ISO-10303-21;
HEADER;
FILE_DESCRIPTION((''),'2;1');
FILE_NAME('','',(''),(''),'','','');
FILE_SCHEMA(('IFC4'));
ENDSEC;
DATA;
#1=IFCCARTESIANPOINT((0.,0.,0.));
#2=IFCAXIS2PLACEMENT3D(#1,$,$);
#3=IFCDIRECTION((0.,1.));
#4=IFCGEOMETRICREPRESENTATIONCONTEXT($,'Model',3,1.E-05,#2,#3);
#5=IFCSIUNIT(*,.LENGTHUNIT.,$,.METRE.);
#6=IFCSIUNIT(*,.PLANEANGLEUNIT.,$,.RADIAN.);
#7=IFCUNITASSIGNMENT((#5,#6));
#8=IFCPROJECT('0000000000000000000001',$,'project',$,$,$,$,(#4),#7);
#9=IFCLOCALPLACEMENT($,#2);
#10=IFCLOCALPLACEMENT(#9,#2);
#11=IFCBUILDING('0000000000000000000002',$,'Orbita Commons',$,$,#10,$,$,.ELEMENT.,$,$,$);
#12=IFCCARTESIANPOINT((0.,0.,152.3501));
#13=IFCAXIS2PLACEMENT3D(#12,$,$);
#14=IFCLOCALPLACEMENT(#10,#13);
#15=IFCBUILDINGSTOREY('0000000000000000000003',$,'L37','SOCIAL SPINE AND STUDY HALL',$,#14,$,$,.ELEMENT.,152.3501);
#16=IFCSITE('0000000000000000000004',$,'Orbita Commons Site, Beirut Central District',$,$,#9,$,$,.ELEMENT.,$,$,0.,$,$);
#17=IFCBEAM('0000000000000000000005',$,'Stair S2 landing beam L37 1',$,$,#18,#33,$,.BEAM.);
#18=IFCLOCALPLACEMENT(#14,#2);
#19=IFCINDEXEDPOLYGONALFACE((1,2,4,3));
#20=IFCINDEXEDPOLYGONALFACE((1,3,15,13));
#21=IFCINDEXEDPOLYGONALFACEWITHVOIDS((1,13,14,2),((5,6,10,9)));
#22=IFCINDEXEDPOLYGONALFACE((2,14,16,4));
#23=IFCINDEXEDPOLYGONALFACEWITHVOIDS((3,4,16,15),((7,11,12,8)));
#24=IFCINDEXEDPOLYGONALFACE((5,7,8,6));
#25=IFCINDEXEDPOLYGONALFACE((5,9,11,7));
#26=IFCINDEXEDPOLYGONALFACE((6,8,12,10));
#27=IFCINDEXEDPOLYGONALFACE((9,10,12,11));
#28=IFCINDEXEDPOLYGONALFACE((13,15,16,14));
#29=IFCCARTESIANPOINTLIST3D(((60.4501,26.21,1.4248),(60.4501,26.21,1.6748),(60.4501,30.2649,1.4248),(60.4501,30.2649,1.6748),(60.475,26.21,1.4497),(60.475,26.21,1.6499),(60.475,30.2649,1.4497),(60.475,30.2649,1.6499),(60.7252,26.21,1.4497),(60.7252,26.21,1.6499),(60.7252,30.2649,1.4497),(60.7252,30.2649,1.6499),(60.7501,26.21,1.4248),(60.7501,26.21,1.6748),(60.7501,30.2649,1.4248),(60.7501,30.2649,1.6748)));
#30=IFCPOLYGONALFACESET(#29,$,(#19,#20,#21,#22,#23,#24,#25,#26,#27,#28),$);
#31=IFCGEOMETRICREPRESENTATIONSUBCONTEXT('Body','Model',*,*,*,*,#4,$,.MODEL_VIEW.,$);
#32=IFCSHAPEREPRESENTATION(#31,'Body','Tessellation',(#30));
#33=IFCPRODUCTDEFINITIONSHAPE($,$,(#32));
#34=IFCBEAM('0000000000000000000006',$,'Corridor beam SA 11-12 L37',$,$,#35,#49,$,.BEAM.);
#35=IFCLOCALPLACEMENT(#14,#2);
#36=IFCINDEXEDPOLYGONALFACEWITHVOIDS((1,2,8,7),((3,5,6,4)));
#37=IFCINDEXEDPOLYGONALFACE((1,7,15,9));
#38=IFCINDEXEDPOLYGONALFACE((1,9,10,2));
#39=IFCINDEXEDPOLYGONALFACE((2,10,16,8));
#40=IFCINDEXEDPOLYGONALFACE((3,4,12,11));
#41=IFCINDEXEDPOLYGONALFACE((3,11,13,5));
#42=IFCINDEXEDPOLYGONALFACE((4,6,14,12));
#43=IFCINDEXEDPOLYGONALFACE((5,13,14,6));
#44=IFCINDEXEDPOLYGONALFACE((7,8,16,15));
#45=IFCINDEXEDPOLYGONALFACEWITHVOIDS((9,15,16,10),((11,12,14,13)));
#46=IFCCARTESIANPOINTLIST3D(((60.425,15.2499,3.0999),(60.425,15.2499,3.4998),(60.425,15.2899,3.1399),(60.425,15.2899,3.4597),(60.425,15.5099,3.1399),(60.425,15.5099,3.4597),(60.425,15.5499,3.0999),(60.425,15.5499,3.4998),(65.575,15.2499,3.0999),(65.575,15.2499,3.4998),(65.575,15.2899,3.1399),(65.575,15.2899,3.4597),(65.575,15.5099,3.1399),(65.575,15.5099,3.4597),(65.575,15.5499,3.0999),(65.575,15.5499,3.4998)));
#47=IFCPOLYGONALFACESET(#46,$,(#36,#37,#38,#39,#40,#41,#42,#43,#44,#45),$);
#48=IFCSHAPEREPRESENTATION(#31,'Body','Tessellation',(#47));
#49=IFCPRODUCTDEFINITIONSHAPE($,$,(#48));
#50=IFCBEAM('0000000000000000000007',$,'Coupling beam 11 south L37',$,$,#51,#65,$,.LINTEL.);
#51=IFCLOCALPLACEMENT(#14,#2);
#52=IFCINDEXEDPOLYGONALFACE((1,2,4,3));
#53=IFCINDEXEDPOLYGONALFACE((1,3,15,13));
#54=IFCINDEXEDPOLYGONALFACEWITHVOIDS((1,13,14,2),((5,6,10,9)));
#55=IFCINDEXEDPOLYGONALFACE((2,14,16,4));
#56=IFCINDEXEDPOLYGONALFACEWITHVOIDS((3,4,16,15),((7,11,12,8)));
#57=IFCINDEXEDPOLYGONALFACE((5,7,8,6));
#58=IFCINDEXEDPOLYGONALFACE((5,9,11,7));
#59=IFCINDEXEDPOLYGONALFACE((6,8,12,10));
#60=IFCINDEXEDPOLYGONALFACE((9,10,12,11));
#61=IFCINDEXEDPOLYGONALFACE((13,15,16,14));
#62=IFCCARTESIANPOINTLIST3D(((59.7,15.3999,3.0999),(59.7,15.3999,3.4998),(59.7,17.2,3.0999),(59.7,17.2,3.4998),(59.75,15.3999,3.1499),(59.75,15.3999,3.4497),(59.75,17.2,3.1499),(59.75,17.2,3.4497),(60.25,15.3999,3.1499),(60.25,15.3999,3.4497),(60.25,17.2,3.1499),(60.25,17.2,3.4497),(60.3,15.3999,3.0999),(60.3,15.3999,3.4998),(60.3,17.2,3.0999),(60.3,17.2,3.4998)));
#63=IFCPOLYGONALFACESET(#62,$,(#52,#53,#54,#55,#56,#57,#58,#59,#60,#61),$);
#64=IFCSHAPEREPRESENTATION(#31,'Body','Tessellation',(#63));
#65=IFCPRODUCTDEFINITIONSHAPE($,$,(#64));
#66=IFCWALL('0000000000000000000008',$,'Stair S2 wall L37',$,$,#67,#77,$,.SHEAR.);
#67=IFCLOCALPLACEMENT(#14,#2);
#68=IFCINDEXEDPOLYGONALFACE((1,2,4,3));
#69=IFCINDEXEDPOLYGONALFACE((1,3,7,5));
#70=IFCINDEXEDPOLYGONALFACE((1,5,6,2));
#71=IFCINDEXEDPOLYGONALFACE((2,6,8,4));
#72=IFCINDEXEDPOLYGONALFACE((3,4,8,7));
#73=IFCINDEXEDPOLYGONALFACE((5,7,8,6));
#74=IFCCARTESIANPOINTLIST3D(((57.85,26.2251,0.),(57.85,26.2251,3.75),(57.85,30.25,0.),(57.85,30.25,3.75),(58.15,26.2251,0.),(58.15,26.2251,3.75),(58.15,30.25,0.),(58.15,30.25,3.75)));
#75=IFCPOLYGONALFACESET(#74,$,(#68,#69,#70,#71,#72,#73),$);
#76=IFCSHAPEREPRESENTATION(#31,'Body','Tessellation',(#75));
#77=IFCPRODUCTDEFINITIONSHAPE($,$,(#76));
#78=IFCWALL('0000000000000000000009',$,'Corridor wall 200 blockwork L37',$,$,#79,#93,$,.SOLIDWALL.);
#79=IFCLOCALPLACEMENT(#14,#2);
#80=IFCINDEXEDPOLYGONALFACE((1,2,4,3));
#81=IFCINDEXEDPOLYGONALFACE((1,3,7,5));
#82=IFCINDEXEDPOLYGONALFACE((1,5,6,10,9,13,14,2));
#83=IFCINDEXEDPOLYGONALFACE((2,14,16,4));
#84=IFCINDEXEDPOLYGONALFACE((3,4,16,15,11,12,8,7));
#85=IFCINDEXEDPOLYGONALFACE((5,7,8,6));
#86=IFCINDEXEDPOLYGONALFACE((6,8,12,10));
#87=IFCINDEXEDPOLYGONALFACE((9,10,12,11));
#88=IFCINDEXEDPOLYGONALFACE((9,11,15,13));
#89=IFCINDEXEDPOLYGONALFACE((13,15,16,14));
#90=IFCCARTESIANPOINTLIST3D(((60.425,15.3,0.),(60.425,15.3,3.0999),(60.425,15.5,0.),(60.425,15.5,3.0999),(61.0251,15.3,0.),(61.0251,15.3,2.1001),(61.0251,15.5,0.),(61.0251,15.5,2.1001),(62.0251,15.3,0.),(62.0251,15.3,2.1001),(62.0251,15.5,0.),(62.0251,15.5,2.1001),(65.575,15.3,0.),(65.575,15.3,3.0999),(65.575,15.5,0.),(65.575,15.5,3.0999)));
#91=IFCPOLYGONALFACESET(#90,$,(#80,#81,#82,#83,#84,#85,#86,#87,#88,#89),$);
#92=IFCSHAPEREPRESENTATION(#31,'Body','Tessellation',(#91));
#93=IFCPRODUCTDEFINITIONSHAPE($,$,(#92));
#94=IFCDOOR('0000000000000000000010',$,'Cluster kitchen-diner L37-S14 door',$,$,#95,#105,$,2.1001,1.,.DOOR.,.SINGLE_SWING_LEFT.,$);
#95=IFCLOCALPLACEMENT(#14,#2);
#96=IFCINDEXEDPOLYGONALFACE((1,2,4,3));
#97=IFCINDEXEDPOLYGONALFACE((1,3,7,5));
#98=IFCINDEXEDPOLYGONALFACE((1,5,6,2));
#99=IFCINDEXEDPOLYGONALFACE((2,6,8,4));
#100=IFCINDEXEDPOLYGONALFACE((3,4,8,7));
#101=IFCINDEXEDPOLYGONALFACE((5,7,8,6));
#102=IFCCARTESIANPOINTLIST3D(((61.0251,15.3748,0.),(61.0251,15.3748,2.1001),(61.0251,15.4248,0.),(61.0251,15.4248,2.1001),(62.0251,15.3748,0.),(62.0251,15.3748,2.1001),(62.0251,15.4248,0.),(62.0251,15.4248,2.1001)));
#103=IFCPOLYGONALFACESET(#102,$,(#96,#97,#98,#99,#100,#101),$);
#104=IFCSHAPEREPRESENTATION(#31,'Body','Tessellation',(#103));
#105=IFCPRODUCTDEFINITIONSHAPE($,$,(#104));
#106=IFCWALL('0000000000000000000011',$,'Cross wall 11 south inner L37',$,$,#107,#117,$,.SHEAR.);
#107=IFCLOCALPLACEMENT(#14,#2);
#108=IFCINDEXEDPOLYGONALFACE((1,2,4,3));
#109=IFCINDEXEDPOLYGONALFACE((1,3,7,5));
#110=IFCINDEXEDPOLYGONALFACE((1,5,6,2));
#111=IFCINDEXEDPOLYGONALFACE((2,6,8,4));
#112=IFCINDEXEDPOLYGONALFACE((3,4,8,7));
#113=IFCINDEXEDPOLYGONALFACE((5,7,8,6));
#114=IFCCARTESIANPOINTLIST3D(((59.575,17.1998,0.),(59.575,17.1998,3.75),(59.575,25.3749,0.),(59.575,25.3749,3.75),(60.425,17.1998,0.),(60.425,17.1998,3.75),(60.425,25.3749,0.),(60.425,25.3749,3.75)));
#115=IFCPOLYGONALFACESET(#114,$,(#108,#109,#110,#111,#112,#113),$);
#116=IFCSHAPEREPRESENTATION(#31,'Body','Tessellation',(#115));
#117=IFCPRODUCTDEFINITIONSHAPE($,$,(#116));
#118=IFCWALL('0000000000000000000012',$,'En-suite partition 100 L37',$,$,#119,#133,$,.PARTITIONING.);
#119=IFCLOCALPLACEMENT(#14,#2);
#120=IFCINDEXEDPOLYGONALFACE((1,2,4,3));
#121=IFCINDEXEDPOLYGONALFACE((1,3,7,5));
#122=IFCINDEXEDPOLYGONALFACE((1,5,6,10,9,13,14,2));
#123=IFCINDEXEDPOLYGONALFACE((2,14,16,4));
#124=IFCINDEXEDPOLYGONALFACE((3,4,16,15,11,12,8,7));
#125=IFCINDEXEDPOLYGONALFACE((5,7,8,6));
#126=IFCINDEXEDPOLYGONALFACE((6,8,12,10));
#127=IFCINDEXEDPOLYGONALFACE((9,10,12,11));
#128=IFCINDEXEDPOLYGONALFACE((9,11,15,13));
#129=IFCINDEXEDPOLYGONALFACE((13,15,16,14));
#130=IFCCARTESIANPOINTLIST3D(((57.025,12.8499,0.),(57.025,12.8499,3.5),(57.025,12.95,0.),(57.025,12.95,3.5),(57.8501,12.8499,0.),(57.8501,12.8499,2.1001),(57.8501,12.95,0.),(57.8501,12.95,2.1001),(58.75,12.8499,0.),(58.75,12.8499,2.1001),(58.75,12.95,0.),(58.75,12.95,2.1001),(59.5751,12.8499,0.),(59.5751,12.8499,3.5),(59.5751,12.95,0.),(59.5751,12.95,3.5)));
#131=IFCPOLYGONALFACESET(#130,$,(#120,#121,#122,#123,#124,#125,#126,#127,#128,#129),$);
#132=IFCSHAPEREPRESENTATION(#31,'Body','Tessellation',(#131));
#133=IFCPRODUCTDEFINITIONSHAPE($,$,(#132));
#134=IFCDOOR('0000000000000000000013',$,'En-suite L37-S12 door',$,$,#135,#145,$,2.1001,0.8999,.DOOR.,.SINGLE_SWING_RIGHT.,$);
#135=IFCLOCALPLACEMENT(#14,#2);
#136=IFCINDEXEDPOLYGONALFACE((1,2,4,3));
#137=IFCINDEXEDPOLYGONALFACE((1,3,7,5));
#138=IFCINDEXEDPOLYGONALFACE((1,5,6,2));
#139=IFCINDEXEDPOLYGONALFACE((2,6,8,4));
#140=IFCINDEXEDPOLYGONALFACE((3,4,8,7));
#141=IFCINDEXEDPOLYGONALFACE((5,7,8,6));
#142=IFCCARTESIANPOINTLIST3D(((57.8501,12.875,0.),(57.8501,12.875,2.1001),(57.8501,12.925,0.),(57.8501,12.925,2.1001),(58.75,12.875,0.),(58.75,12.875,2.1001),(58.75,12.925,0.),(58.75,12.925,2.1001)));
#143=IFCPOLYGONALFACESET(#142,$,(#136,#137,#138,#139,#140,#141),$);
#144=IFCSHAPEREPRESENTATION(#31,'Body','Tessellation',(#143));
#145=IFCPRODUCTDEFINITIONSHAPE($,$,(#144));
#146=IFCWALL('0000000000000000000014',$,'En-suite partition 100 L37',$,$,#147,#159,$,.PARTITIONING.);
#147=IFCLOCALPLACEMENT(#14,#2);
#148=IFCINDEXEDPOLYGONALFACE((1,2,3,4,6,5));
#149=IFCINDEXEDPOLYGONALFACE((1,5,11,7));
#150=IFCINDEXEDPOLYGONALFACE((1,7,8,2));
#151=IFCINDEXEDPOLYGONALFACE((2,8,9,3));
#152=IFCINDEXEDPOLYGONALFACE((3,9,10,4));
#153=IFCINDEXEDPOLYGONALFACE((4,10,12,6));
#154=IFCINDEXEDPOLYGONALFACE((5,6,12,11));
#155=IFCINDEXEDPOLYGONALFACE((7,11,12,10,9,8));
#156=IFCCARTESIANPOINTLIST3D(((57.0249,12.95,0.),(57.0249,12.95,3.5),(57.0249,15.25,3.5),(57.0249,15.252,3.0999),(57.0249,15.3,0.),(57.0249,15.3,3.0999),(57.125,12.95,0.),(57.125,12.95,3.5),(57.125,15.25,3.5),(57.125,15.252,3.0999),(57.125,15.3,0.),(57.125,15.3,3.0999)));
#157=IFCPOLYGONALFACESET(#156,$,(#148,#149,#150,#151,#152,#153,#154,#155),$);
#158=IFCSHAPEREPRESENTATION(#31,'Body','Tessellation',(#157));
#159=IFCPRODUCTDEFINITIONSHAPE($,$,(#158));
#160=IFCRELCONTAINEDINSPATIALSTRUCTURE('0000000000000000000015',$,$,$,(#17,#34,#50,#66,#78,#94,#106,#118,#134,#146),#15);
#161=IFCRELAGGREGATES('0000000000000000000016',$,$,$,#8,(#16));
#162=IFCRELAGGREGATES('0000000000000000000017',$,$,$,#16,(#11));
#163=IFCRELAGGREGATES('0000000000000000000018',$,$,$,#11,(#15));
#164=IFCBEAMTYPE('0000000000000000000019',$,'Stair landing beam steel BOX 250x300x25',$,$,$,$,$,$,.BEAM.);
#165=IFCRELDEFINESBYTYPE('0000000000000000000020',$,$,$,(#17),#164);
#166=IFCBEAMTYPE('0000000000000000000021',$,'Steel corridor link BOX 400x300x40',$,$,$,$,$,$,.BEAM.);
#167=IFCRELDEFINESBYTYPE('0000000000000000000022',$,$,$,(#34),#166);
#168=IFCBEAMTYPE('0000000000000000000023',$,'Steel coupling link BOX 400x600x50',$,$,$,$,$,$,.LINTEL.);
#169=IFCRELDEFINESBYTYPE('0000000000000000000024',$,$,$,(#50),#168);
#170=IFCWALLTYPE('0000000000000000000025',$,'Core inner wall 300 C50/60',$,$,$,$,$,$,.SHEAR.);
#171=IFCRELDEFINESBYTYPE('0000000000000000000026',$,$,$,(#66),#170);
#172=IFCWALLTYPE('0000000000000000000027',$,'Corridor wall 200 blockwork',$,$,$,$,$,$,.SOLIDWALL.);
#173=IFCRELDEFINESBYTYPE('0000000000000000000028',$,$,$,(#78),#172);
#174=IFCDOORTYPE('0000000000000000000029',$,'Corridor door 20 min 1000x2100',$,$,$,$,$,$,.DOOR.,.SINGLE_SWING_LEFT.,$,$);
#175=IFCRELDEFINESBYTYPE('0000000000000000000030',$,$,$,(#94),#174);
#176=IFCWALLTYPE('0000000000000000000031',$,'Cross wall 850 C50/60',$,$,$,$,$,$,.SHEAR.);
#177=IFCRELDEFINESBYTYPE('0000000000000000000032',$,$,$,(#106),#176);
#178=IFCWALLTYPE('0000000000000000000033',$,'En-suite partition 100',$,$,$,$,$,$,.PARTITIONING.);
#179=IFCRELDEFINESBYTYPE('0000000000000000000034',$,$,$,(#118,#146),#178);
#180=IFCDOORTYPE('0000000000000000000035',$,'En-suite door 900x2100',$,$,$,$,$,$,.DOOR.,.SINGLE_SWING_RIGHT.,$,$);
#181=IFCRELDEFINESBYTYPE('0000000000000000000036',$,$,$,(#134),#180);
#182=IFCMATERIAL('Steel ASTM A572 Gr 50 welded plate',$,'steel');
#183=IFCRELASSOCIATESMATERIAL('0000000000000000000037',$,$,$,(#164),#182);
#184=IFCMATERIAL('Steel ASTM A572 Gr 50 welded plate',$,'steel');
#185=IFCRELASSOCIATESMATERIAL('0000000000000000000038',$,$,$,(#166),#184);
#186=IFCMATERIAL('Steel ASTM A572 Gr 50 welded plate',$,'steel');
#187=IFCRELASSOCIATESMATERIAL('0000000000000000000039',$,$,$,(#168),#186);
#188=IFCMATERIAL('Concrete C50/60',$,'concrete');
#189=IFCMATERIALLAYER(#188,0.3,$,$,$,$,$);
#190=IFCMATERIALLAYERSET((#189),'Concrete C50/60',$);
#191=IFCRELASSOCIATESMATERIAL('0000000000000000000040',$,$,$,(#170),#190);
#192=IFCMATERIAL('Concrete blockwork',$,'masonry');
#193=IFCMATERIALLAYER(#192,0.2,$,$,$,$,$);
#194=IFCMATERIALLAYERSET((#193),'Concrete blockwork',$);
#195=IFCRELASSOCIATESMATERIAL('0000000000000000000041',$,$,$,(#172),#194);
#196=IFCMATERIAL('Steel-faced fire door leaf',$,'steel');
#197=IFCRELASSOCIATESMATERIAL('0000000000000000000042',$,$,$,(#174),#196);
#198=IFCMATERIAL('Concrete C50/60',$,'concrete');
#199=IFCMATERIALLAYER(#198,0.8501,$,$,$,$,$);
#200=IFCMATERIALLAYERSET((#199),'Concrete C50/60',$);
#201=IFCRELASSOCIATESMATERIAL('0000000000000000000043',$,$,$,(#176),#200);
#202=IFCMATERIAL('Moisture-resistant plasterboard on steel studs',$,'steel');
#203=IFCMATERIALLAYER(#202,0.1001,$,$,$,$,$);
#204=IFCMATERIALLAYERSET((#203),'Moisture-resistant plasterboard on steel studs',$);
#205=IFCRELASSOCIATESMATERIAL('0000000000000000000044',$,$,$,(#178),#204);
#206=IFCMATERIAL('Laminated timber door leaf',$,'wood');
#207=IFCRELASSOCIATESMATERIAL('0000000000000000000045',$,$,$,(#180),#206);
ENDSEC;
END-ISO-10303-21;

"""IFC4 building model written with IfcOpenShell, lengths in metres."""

from ifc_helpers import new_model, si_unit, direction, frame, frame_2d, origin, origin_2d, place, context, subcontext, project, spatial, polyline, rectangle, hollow_rectangle, outline, extrude, material, layer, layer_set, material_profile, profile_set, type_object, element, fill, save


model = new_model("IFC4")

# Units and contexts
model_context = context("Model", 3, precision=1e-05, world=origin(), true_north=direction((0.0, 1.0)))
body_context = subcontext(model_context, "Body", "Model", "MODEL_VIEW")
ifc_project = project(units=[si_unit("LENGTHUNIT", "METRE"), si_unit("PLANEANGLEUNIT", "RADIAN")], contexts=[model_context])

# Site, building, storey
site_placement = place(None, origin())
site = spatial("IfcSite", under=ifc_project, at=site_placement, Name="Orbita Commons Site, Beirut Central District", CompositionType="ELEMENT", RefElevation=0.0)
building_placement = place(site_placement, origin())
building = spatial("IfcBuilding", under=site, at=building_placement, Name="Orbita Commons", CompositionType="ELEMENT")
storey_placement = place(building_placement, frame((0.0, 0.0, 152.3501)))
storey = spatial("IfcBuildingStorey", under=building, at=storey_placement, Name="L37", Description="SOCIAL SPINE AND STUDY HALL", CompositionType="ELEMENT", Elevation=152.3501)

# Beams
ifc_material_1 = material(Name="Steel ASTM A572 Gr 50 welded plate", Category="steel")
ifc_material_profile_1 = material_profile(ifc_material_1, hollow_rectangle(XDim=0.3, YDim=0.25, WallThickness=0.0249, at=origin_2d()), Name="BOX 250x300x25")
ifc_profile_set_1 = profile_set([ifc_material_profile_1], Name="Steel ASTM A572 Gr 50 welded plate")
beam_type_1 = type_object("IfcBeamType", Name="Stair landing beam steel BOX 250x300x25", PredefinedType="BEAM", material=ifc_profile_set_1)
beam_1_placement = place(storey_placement, frame((60.6001, 26.21, 1.5498), z_axis=(0.0, 1.0, 0.0), x_axis=(-1.0, 0.0, 0.0)))
element("IfcBeam", 1, at=beam_1_placement, inside=storey, type_object=beam_type_1, Name="Stair S2 landing beam L37 1", PredefinedType="BEAM", context=body_context, shape_type="SweptSolid", body=[
    extrude(hollow_rectangle(XDim=0.3, YDim=0.25, WallThickness=0.0249, at=origin_2d()), origin(), (0.0, 0.0, 1.0), 4.0549),
])
ifc_material_2 = material(Name="Steel ASTM A572 Gr 50 welded plate", Category="steel")
ifc_material_profile_2 = material_profile(ifc_material_2, hollow_rectangle(XDim=0.3, YDim=0.3999, WallThickness=0.04, at=origin_2d()), Name="BOX 400x300x40")
ifc_profile_set_2 = profile_set([ifc_material_profile_2], Name="Steel ASTM A572 Gr 50 welded plate")
beam_type_2 = type_object("IfcBeamType", Name="Steel corridor link BOX 400x300x40", PredefinedType="BEAM", material=ifc_profile_set_2)
beam_2_placement = place(storey_placement, frame((60.425, 15.3999, 3.2998), z_axis=(1.0, 0.0, 0.0), x_axis=(0.0, 1.0, 0.0)))
element("IfcBeam", 2, at=beam_2_placement, inside=storey, type_object=beam_type_2, Name="Corridor beam SA 11-12 L37", PredefinedType="BEAM", context=body_context, shape_type="SweptSolid", body=[
    extrude(hollow_rectangle(XDim=0.3, YDim=0.3999, WallThickness=0.04, at=origin_2d()), origin(), (0.0, 0.0, 1.0), 5.1499),
])
ifc_material_3 = material(Name="Steel ASTM A572 Gr 50 welded plate", Category="steel")
ifc_material_profile_3 = material_profile(ifc_material_3, hollow_rectangle(XDim=0.6001, YDim=0.3999, WallThickness=0.05, at=origin_2d()), Name="BOX 400x600x50")
ifc_profile_set_3 = profile_set([ifc_material_profile_3], Name="Steel ASTM A572 Gr 50 welded plate")
beam_type_3 = type_object("IfcBeamType", Name="Steel coupling link BOX 400x600x50", PredefinedType="LINTEL", material=ifc_profile_set_3)
beam_3_placement = place(storey_placement, frame((60.0, 15.3999, 3.2998), z_axis=(0.0, 1.0, 0.0), x_axis=(-1.0, 0.0, 0.0)))
element("IfcBeam", 3, at=beam_3_placement, inside=storey, type_object=beam_type_3, Name="Coupling beam 11 south L37", PredefinedType="LINTEL", context=body_context, shape_type="SweptSolid", body=[
    extrude(hollow_rectangle(XDim=0.6001, YDim=0.3999, WallThickness=0.05, at=origin_2d()), origin(), (0.0, 0.0, 1.0), 1.8),
])

# Wall
ifc_material_4 = material(Name="Concrete C50/60", Category="concrete")
ifc_layer_1 = layer(ifc_material_4, 0.3)
ifc_layer_set_1 = layer_set([ifc_layer_1], Name="Concrete C50/60")
wall_type_1 = type_object("IfcWallType", Name="Core inner wall 300 C50/60", PredefinedType="SHEAR", material=ifc_layer_set_1)
wall_1_placement = place(storey_placement, frame((58.0, 26.2251, 0.0), z_axis=(0.0, 0.0, 1.0), x_axis=(0.0, 1.0, 0.0)))
element("IfcWall", 4, at=wall_1_placement, inside=storey, type_object=wall_type_1, Name="Stair S2 wall L37", PredefinedType="SHEAR", context=body_context, shape_type="SweptSolid", body=[
    extrude(rectangle(XDim=4.0249, YDim=0.3, at=frame_2d((2.0125, 0.0))), origin(), (0.0, 0.0, 1.0), 3.75),
])

# Wall, opening, door
ifc_material_5 = material(Name="Concrete blockwork", Category="masonry")
ifc_layer_2 = layer(ifc_material_5, 0.2)
ifc_layer_set_2 = layer_set([ifc_layer_2], Name="Concrete blockwork")
wall_type_2 = type_object("IfcWallType", Name="Corridor wall 200 blockwork", PredefinedType="SOLIDWALL", material=ifc_layer_set_2)
wall_2_placement = place(storey_placement, frame((60.425, 15.3999, 0.0), z_axis=(0.0, 0.0, 1.0), x_axis=(1.0, 0.0, 0.0)))
wall_2 = element("IfcWall", 5, at=wall_2_placement, inside=storey, type_object=wall_type_2, Name="Corridor wall 200 blockwork L37", PredefinedType="SOLIDWALL", context=body_context, shape_type="SweptSolid", body=[
    extrude(outline(polyline([(0.0, 0.0), (5.1499, 0.0), (5.1499, 3.0999), (0.0, 3.0999), (0.0, 0.0)])), frame((0.0, 0.1001, 0.0), z_axis=(0.0, -1.0, 0.0), x_axis=(1.0, 0.0, 0.0)), (0.0, 0.0, 1.0), 0.2),
])
opening_1_placement = place(wall_2_placement, frame((0.6001, 0.0, 0.0)))
opening_1 = element("IfcOpeningElement", 6, at=opening_1_placement, cuts=wall_2, PredefinedType="OPENING", context=body_context, shape_type="SweptSolid", body=[
    extrude(rectangle(XDim=1.0, YDim=2.1001, at=frame_2d((0.5, 1.05))), frame((0.0, 0.1099, 0.0), z_axis=(0.0, -1.0, 0.0), x_axis=(1.0, 0.0, 0.0)), (0.0, 0.0, 1.0), 0.22),
])
ifc_material_6 = material(Name="Steel-faced fire door leaf", Category="steel")
door_type_1 = type_object("IfcDoorType", Name="Corridor door 20 min 1000x2100", OperationType="SINGLE_SWING_LEFT", PredefinedType="DOOR", material=ifc_material_6)
door_1_placement = place(opening_1_placement, origin())
door_1 = element("IfcDoor", 7, at=door_1_placement, inside=storey, type_object=door_type_1, Name="Cluster kitchen-diner L37-S14 door", OperationType="SINGLE_SWING_LEFT", OverallHeight=2.1001, OverallWidth=1.0, PredefinedType="DOOR", context=body_context, shape_type="SweptSolid", body=[
    extrude(rectangle(XDim=1.0, YDim=2.1001, at=frame_2d((0.5, 1.05))), frame((0.0, 0.0249, 0.0), z_axis=(0.0, -1.0, 0.0), x_axis=(1.0, 0.0, 0.0)), (0.0, 0.0, 1.0), 0.05),
])
fill(opening_1, door_1)

# Wall
ifc_material_7 = material(Name="Concrete C50/60", Category="concrete")
ifc_layer_3 = layer(ifc_material_7, 0.8501)
ifc_layer_set_3 = layer_set([ifc_layer_3], Name="Concrete C50/60")
wall_type_3 = type_object("IfcWallType", Name="Cross wall 850 C50/60", PredefinedType="SHEAR", material=ifc_layer_set_3)
wall_3_placement = place(storey_placement, frame((60.0, 17.2, 0.0), z_axis=(0.0, 0.0, 1.0), x_axis=(0.0, 1.0, 0.0)))
element("IfcWall", 8, at=wall_3_placement, inside=storey, type_object=wall_type_3, Name="Cross wall 11 south inner L37", PredefinedType="SHEAR", context=body_context, shape_type="SweptSolid", body=[
    extrude(rectangle(XDim=8.175, YDim=0.8501, at=frame_2d((4.0874, 0.0))), origin(), (0.0, 0.0, 1.0), 3.75),
])

# Wall, opening, door
ifc_material_8 = material(Name="Moisture-resistant plasterboard on steel studs", Category="steel")
ifc_layer_4 = layer(ifc_material_8, 0.1001)
ifc_layer_set_4 = layer_set([ifc_layer_4], Name="Moisture-resistant plasterboard on steel studs")
wall_type_4 = type_object("IfcWallType", Name="En-suite partition 100", PredefinedType="PARTITIONING", material=ifc_layer_set_4)
wall_4_placement = place(storey_placement, frame((59.575, 12.8999, 0.0), z_axis=(0.0, 0.0, 1.0), x_axis=(-1.0, 0.0, 0.0)))
wall_4 = element("IfcWall", 9, at=wall_4_placement, inside=storey, type_object=wall_type_4, Name="En-suite partition 100 L37", PredefinedType="PARTITIONING", context=body_context, shape_type="SweptSolid", body=[
    extrude(rectangle(XDim=2.55, YDim=0.1001, at=frame_2d((1.2749, 0.0))), origin(), (0.0, 0.0, 1.0), 3.5),
])
opening_2_placement = place(wall_4_placement, frame((0.825, 0.0, 0.0)))
opening_2 = element("IfcOpeningElement", 10, at=opening_2_placement, cuts=wall_4, PredefinedType="OPENING", context=body_context, shape_type="SweptSolid", body=[
    extrude(rectangle(XDim=0.8999, YDim=2.1001, at=frame_2d((0.45, 1.05))), frame((0.0, 0.0601, 0.0), z_axis=(0.0, -1.0, 0.0), x_axis=(1.0, 0.0, 0.0)), (0.0, 0.0, 1.0), 0.1201),
])
ifc_material_9 = material(Name="Laminated timber door leaf", Category="wood")
door_type_2 = type_object("IfcDoorType", Name="En-suite door 900x2100", OperationType="SINGLE_SWING_RIGHT", PredefinedType="DOOR", material=ifc_material_9)
door_2_placement = place(opening_2_placement, origin())
door_2 = element("IfcDoor", 11, at=door_2_placement, inside=storey, type_object=door_type_2, Name="En-suite L37-S12 door", OperationType="SINGLE_SWING_RIGHT", OverallHeight=2.1001, OverallWidth=0.8999, PredefinedType="DOOR", context=body_context, shape_type="SweptSolid", body=[
    extrude(rectangle(XDim=0.8999, YDim=2.1001, at=frame_2d((0.45, 1.05))), frame((0.0, 0.0249, 0.0), z_axis=(0.0, -1.0, 0.0), x_axis=(1.0, 0.0, 0.0)), (0.0, 0.0, 1.0), 0.05),
])
fill(opening_2, door_2)

# Wall
wall_5_placement = place(storey_placement, frame((57.075, 12.95, 0.0), z_axis=(0.0, 0.0, 1.0), x_axis=(0.0, 1.0, 0.0)))
element("IfcWall", 12, at=wall_5_placement, inside=storey, type_object=wall_type_4, Name="En-suite partition 100 L37", PredefinedType="PARTITIONING", context=body_context, shape_type="SweptSolid", body=[
    extrude(outline(polyline([(0.0, 0.0), (2.3501, 0.0), (2.3501, 3.0999), (2.302, 3.0999), (2.3, 3.5), (0.0, 3.5), (0.0, 0.0)])), frame((0.0, 0.05, 0.0), z_axis=(0.0, -1.0, 0.0), x_axis=(1.0, 0.0, 0.0)), (0.0, 0.0, 1.0), 0.1001),
])

save(model, "model.ifc")
